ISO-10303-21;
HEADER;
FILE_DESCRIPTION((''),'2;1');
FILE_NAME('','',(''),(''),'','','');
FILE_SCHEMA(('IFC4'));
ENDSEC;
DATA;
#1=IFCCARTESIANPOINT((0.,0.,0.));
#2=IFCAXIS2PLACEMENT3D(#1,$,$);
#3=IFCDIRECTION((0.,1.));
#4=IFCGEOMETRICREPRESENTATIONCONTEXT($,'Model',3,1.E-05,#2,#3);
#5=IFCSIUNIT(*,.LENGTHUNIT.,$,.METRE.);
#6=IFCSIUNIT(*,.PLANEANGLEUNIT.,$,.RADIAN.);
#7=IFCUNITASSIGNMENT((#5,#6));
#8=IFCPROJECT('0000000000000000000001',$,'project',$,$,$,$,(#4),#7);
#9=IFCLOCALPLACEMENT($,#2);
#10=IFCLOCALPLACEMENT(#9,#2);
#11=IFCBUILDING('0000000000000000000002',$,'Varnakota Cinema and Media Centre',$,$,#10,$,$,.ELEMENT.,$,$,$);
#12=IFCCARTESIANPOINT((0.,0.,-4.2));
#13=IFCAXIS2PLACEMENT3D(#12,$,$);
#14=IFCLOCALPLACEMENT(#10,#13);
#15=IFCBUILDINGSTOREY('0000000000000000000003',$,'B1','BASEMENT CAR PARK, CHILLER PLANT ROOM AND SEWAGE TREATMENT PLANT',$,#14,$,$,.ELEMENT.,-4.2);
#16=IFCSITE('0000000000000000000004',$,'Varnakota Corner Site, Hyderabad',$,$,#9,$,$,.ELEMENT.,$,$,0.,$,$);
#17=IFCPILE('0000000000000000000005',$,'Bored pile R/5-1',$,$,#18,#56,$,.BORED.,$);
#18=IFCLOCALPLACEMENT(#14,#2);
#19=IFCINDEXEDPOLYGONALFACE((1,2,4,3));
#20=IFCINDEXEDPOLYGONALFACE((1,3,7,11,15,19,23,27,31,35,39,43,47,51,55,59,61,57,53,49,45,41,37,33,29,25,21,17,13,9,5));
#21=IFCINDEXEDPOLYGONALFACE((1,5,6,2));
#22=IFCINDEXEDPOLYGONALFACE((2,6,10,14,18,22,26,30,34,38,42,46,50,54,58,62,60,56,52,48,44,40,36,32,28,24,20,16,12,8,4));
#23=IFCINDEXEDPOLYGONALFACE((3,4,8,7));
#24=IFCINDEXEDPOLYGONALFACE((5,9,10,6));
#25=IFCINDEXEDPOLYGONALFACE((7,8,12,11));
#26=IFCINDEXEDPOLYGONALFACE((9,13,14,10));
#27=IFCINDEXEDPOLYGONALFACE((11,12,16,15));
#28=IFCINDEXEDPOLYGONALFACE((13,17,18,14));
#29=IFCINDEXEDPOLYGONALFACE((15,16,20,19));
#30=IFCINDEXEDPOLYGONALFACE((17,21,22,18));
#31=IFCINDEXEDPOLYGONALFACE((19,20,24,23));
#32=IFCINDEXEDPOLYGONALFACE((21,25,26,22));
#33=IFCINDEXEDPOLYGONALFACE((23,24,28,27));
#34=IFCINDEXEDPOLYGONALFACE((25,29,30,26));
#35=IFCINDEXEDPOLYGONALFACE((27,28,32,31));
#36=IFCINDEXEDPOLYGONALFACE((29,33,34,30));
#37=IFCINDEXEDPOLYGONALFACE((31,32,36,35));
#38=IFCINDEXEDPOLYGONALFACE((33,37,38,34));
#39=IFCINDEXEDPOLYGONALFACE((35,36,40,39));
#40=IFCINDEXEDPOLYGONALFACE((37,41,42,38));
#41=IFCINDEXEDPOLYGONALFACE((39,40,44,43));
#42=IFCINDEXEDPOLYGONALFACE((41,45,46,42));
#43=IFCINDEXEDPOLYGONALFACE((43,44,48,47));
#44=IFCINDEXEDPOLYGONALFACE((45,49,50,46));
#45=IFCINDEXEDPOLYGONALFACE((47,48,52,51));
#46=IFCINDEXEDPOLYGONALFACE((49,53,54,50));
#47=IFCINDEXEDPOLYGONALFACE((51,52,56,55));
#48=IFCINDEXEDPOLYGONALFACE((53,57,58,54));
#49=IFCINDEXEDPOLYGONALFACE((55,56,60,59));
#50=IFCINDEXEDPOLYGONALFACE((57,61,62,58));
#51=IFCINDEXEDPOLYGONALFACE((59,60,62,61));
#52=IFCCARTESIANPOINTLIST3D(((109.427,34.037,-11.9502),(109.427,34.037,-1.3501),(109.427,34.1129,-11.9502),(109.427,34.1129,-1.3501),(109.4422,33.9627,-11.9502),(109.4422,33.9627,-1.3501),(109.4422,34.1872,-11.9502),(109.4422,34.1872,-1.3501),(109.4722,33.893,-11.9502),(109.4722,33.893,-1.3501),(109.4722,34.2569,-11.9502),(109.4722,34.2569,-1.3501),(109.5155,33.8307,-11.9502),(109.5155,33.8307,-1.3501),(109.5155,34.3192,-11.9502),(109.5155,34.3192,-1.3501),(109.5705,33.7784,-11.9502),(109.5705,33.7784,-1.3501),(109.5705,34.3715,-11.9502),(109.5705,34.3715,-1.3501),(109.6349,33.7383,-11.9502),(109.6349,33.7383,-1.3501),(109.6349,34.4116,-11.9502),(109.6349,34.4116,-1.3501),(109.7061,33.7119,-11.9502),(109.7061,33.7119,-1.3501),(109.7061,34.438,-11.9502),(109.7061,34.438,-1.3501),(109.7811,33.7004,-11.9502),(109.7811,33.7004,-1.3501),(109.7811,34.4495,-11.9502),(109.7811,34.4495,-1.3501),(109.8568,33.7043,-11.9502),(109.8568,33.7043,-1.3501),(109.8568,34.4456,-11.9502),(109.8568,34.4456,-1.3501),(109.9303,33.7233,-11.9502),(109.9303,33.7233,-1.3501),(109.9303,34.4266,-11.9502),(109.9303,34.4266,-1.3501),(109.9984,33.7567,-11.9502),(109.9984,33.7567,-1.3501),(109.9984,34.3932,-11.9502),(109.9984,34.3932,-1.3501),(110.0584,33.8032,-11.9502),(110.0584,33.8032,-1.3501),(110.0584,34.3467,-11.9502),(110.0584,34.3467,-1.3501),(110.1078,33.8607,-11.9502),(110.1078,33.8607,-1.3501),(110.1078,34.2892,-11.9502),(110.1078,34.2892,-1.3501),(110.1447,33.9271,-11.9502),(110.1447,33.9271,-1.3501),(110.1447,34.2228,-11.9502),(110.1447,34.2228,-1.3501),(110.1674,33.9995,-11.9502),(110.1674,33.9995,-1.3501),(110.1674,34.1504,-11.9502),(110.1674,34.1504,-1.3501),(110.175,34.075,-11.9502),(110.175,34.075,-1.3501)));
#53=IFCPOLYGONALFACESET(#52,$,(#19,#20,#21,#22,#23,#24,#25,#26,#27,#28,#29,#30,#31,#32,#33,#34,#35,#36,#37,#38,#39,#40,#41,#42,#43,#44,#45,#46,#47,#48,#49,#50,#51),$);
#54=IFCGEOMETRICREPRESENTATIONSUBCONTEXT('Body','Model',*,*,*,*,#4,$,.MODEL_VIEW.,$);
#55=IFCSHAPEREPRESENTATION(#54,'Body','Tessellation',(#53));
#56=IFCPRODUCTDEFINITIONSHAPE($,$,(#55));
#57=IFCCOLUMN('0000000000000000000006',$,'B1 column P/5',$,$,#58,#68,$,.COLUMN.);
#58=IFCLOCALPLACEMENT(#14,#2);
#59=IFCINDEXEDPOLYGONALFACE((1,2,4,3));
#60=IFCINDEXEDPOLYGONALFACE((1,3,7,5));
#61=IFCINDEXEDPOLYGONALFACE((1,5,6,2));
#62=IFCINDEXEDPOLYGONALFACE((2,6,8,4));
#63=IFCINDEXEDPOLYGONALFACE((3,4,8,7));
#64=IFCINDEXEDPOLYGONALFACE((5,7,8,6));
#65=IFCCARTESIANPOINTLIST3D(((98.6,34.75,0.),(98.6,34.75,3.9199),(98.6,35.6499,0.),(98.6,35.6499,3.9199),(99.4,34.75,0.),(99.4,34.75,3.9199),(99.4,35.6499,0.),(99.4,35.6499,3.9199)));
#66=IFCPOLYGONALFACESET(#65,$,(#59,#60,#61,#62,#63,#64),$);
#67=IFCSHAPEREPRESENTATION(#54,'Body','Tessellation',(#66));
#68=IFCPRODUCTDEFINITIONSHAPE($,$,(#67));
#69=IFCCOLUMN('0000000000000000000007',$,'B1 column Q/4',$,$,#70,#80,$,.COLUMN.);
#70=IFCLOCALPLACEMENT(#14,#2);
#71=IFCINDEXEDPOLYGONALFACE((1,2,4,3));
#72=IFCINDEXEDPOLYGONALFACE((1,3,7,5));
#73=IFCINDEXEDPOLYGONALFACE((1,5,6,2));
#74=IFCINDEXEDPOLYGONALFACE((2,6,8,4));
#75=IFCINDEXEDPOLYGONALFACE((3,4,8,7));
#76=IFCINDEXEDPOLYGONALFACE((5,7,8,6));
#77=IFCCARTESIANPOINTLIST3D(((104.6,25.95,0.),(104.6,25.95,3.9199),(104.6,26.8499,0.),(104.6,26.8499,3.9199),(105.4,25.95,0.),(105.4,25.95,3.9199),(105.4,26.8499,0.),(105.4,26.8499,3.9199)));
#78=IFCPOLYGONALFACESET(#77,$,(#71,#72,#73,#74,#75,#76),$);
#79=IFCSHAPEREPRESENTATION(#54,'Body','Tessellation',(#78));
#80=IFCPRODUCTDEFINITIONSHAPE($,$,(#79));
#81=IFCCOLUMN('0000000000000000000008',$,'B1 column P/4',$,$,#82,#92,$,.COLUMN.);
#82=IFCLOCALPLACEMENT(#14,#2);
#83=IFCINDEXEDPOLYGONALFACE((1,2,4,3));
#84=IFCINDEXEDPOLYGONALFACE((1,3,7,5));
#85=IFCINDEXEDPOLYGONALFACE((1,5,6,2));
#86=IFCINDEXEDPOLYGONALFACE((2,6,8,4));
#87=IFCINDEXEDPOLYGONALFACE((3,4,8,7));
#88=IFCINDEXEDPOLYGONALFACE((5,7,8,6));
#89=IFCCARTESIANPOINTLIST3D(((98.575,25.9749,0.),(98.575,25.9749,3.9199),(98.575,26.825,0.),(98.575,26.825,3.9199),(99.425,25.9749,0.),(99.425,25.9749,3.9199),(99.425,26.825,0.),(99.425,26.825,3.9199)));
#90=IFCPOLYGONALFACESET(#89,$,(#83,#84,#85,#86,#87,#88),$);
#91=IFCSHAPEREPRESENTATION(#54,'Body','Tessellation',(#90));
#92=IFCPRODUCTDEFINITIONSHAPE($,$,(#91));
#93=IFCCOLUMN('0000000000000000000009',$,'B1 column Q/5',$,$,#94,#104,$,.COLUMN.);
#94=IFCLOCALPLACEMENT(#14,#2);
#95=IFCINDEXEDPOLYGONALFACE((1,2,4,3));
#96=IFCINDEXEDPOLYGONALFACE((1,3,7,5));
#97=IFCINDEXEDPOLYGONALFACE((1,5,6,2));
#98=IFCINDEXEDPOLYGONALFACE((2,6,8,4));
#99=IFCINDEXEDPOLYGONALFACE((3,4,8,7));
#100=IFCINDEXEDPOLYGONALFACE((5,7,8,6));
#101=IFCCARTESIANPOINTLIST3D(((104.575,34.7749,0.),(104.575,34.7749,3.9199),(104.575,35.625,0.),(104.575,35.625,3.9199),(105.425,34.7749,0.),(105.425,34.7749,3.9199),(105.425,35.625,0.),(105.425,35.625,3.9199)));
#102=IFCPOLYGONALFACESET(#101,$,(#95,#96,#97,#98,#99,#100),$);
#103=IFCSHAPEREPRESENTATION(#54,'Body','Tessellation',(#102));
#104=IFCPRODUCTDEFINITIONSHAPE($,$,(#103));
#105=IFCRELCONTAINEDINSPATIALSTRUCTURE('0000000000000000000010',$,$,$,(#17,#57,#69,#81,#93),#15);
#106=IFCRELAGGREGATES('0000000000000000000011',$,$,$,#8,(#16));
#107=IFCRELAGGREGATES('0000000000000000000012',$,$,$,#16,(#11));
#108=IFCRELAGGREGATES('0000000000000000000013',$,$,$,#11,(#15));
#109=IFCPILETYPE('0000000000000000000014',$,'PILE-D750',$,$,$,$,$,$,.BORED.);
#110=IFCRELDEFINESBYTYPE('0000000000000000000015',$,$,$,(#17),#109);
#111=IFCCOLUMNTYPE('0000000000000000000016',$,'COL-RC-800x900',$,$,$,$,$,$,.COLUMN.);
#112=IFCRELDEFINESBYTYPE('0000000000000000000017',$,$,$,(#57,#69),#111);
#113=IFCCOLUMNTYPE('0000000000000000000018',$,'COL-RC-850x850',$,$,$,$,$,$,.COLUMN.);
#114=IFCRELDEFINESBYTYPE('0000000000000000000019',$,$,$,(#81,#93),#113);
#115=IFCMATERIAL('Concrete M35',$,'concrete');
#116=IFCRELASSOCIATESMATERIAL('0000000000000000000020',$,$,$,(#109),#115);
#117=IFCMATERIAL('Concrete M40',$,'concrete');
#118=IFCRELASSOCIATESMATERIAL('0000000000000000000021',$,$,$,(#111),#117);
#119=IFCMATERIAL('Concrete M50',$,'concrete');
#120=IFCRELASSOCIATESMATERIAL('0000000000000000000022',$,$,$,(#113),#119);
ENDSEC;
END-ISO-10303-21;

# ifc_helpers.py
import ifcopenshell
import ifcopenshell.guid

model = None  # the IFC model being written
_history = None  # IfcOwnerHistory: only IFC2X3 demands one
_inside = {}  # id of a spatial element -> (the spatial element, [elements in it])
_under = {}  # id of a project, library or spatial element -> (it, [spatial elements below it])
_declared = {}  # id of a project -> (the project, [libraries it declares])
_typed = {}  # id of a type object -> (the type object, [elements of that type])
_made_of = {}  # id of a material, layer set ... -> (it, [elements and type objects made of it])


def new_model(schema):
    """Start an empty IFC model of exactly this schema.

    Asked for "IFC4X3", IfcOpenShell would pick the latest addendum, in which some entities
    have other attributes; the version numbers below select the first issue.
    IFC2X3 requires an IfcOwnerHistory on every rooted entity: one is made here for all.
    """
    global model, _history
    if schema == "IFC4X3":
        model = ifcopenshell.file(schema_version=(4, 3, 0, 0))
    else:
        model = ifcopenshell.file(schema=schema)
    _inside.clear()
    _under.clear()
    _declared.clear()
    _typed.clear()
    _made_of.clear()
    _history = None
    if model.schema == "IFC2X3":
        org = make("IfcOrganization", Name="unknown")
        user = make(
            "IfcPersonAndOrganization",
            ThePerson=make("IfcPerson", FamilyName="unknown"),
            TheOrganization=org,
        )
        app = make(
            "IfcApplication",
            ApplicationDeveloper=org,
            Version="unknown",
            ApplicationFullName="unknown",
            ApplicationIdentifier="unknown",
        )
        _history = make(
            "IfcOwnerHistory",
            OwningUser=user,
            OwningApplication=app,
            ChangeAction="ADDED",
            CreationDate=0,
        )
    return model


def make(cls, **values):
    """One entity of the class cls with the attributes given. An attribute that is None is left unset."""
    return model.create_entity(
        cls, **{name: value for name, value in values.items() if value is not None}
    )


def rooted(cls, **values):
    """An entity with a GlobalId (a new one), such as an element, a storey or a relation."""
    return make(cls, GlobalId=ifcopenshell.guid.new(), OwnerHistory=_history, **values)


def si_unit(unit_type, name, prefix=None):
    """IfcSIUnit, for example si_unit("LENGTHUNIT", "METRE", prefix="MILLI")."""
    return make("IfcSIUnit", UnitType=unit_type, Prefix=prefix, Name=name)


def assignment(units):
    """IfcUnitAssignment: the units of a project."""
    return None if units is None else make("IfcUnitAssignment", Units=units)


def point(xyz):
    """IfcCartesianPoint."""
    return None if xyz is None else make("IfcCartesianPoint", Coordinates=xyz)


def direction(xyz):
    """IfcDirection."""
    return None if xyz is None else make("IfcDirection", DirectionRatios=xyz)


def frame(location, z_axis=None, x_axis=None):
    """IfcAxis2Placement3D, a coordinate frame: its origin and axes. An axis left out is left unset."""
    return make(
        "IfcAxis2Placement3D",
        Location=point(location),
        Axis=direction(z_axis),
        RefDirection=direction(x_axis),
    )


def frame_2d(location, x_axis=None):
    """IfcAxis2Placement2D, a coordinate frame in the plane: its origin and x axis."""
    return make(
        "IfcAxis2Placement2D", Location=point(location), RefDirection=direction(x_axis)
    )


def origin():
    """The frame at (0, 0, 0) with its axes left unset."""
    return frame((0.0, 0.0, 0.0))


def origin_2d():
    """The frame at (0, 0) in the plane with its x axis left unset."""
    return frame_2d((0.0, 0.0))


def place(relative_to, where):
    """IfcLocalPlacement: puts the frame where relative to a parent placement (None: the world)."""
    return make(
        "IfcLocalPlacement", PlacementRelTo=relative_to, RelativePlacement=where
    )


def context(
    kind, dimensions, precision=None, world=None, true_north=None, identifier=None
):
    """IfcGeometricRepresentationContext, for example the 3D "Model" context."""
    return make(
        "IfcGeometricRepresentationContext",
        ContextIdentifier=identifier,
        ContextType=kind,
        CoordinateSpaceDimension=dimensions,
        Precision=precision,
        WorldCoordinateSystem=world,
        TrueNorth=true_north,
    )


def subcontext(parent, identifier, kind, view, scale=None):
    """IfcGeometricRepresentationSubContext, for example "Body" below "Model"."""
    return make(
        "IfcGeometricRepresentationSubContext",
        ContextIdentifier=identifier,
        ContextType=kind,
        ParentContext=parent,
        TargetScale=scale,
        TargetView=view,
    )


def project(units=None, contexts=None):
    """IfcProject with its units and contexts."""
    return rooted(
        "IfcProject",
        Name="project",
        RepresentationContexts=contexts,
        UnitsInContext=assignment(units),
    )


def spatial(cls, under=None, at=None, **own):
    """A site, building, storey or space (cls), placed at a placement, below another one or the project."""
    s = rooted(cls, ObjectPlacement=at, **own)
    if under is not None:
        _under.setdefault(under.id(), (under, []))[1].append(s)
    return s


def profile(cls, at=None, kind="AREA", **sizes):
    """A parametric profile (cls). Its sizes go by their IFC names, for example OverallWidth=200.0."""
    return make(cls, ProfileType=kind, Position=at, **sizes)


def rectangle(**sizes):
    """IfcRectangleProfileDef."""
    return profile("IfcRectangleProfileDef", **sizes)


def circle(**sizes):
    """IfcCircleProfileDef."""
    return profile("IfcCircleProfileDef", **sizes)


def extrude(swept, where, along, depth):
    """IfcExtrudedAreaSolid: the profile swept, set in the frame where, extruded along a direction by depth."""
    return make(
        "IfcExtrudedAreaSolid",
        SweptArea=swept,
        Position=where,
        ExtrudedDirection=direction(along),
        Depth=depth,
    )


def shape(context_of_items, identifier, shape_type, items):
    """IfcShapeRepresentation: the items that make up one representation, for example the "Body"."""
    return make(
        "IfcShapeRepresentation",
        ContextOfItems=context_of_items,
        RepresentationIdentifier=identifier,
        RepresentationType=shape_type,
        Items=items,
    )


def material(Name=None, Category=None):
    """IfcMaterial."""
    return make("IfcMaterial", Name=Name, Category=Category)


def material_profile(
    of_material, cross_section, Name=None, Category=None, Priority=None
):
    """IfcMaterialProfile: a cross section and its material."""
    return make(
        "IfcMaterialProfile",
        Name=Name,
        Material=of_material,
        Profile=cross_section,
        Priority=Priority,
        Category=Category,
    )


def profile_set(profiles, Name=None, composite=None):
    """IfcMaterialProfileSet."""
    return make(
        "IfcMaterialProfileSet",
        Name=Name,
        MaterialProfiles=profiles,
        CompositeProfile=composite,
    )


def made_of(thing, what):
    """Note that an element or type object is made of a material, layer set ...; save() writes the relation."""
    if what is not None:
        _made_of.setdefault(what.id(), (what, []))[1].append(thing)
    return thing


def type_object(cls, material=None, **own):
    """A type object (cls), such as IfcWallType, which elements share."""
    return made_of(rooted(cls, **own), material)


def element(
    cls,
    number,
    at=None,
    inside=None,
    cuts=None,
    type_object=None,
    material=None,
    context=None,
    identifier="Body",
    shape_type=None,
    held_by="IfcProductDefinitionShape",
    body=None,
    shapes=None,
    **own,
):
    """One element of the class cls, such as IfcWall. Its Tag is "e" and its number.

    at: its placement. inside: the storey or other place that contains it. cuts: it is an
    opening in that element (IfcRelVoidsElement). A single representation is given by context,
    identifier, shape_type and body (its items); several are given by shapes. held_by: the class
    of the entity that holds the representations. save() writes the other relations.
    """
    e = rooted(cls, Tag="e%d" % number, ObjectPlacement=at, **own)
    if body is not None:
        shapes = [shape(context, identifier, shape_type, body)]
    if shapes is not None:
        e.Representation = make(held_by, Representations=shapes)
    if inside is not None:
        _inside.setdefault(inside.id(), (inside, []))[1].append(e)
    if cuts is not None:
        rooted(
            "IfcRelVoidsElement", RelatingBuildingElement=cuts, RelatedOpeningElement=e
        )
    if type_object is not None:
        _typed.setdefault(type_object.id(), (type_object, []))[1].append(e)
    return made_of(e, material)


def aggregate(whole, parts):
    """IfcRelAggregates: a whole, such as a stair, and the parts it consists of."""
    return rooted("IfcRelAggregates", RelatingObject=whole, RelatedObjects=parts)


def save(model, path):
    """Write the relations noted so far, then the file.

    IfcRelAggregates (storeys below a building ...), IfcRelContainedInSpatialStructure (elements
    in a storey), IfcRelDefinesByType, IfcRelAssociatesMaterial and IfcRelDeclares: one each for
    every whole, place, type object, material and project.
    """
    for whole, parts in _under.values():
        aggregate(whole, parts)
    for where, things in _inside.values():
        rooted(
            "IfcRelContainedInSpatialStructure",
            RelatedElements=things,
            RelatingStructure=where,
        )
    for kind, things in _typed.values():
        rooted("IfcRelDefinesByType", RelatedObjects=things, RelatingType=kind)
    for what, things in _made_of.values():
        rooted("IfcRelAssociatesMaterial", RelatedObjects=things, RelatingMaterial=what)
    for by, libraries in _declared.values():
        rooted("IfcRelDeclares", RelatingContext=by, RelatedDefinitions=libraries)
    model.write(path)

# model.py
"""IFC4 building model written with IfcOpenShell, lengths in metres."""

from ifc_helpers import new_model, si_unit, direction, frame, origin, origin_2d, place, context, subcontext, project, spatial, rectangle, circle, extrude, material, material_profile, profile_set, type_object, element, save


model = new_model("IFC4")

# Units and contexts
model_context = context("Model", 3, precision=1e-05, world=origin(), true_north=direction((0.0, 1.0)))
body_context = subcontext(model_context, "Body", "Model", "MODEL_VIEW")
ifc_project = project(units=[si_unit("LENGTHUNIT", "METRE"), si_unit("PLANEANGLEUNIT", "RADIAN")], contexts=[model_context])

# Site, building, storey
site_placement = place(None, origin())
site = spatial("IfcSite", under=ifc_project, at=site_placement, Name="Varnakota Corner Site, Hyderabad", CompositionType="ELEMENT", RefElevation=0.0)
building_placement = place(site_placement, origin())
building = spatial("IfcBuilding", under=site, at=building_placement, Name="Varnakota Cinema and Media Centre", CompositionType="ELEMENT")
storey_placement = place(building_placement, frame((0.0, 0.0, -4.2)))
storey = spatial("IfcBuildingStorey", under=building, at=storey_placement, Name="B1", Description="BASEMENT CAR PARK, CHILLER PLANT ROOM AND SEWAGE TREATMENT PLANT", CompositionType="ELEMENT", Elevation=-4.2)

# Pile
ifc_material_1 = material(Name="Concrete M35", Category="concrete")
ifc_material_profile_1 = material_profile(ifc_material_1, circle(Radius=0.375, at=origin_2d()), Name="PILE D750")
ifc_profile_set_1 = profile_set([ifc_material_profile_1], Name="Concrete M35")
pile_type_1 = type_object("IfcPileType", Name="PILE-D750", PredefinedType="BORED", material=ifc_profile_set_1)
for number, where, z_axis, x_axis, name in (
    (1, (109.8, 34.075, -1.3501), (0.0, 0.0, -1.0), (1.0, 0.0, 0.0), "Bored pile R/5-1"),
):
    element("IfcPile", number, at=place(storey_placement, frame(where, z_axis=z_axis, x_axis=x_axis)), inside=storey, type_object=pile_type_1, Name=name, PredefinedType="BORED", context=body_context, shape_type="SweptSolid", body=[
        extrude(circle(Radius=0.375, at=origin_2d()), origin(), (0.0, 0.0, 1.0), 10.6001),
    ])

# Columns
ifc_material_2 = material(Name="Concrete M40", Category="concrete")
ifc_material_profile_2 = material_profile(ifc_material_2, rectangle(XDim=0.8, YDim=0.8999, at=origin_2d()), Name="RC 800x900")
ifc_profile_set_2 = profile_set([ifc_material_profile_2], Name="Concrete M40")
column_type_1 = type_object("IfcColumnType", Name="COL-RC-800x900", PredefinedType="COLUMN", material=ifc_profile_set_2)
for number, where, z_axis, x_axis, name in (
    (2, (99.0, 35.2, 0.0), (0.0, 0.0, 1.0), (1.0, 0.0, 0.0), "B1 column P/5"),
    (3, (105.0, 26.3999, 0.0), (0.0, 0.0, 1.0), (1.0, 0.0, 0.0), "B1 column Q/4"),
):
    element("IfcColumn", number, at=place(storey_placement, frame(where, z_axis=z_axis, x_axis=x_axis)), inside=storey, type_object=column_type_1, Name=name, PredefinedType="COLUMN", context=body_context, shape_type="SweptSolid", body=[
        extrude(rectangle(XDim=0.8, YDim=0.8999, at=origin_2d()), origin(), (0.0, 0.0, 1.0), 3.9199),
    ])
ifc_material_3 = material(Name="Concrete M50", Category="concrete")
ifc_material_profile_3 = material_profile(ifc_material_3, rectangle(XDim=0.8501, YDim=0.8501, at=origin_2d()), Name="RC 850x850")
ifc_profile_set_3 = profile_set([ifc_material_profile_3], Name="Concrete M50")
column_type_2 = type_object("IfcColumnType", Name="COL-RC-850x850", PredefinedType="COLUMN", material=ifc_profile_set_3)
for number, where, z_axis, x_axis, name in (
    (4, (99.0, 26.3999, 0.0), (0.0, 0.0, 1.0), (1.0, 0.0, 0.0), "B1 column P/4"),
    (5, (105.0, 35.2, 0.0), (0.0, 0.0, 1.0), (1.0, 0.0, 0.0), "B1 column Q/5"),
):
    element("IfcColumn", number, at=place(storey_placement, frame(where, z_axis=z_axis, x_axis=x_axis)), inside=storey, type_object=column_type_2, Name=name, PredefinedType="COLUMN", context=body_context, shape_type="SweptSolid", body=[
        extrude(rectangle(XDim=0.8501, YDim=0.8501, at=origin_2d()), origin(), (0.0, 0.0, 1.0), 3.9199),
    ])

save(model, "model.ifc")
